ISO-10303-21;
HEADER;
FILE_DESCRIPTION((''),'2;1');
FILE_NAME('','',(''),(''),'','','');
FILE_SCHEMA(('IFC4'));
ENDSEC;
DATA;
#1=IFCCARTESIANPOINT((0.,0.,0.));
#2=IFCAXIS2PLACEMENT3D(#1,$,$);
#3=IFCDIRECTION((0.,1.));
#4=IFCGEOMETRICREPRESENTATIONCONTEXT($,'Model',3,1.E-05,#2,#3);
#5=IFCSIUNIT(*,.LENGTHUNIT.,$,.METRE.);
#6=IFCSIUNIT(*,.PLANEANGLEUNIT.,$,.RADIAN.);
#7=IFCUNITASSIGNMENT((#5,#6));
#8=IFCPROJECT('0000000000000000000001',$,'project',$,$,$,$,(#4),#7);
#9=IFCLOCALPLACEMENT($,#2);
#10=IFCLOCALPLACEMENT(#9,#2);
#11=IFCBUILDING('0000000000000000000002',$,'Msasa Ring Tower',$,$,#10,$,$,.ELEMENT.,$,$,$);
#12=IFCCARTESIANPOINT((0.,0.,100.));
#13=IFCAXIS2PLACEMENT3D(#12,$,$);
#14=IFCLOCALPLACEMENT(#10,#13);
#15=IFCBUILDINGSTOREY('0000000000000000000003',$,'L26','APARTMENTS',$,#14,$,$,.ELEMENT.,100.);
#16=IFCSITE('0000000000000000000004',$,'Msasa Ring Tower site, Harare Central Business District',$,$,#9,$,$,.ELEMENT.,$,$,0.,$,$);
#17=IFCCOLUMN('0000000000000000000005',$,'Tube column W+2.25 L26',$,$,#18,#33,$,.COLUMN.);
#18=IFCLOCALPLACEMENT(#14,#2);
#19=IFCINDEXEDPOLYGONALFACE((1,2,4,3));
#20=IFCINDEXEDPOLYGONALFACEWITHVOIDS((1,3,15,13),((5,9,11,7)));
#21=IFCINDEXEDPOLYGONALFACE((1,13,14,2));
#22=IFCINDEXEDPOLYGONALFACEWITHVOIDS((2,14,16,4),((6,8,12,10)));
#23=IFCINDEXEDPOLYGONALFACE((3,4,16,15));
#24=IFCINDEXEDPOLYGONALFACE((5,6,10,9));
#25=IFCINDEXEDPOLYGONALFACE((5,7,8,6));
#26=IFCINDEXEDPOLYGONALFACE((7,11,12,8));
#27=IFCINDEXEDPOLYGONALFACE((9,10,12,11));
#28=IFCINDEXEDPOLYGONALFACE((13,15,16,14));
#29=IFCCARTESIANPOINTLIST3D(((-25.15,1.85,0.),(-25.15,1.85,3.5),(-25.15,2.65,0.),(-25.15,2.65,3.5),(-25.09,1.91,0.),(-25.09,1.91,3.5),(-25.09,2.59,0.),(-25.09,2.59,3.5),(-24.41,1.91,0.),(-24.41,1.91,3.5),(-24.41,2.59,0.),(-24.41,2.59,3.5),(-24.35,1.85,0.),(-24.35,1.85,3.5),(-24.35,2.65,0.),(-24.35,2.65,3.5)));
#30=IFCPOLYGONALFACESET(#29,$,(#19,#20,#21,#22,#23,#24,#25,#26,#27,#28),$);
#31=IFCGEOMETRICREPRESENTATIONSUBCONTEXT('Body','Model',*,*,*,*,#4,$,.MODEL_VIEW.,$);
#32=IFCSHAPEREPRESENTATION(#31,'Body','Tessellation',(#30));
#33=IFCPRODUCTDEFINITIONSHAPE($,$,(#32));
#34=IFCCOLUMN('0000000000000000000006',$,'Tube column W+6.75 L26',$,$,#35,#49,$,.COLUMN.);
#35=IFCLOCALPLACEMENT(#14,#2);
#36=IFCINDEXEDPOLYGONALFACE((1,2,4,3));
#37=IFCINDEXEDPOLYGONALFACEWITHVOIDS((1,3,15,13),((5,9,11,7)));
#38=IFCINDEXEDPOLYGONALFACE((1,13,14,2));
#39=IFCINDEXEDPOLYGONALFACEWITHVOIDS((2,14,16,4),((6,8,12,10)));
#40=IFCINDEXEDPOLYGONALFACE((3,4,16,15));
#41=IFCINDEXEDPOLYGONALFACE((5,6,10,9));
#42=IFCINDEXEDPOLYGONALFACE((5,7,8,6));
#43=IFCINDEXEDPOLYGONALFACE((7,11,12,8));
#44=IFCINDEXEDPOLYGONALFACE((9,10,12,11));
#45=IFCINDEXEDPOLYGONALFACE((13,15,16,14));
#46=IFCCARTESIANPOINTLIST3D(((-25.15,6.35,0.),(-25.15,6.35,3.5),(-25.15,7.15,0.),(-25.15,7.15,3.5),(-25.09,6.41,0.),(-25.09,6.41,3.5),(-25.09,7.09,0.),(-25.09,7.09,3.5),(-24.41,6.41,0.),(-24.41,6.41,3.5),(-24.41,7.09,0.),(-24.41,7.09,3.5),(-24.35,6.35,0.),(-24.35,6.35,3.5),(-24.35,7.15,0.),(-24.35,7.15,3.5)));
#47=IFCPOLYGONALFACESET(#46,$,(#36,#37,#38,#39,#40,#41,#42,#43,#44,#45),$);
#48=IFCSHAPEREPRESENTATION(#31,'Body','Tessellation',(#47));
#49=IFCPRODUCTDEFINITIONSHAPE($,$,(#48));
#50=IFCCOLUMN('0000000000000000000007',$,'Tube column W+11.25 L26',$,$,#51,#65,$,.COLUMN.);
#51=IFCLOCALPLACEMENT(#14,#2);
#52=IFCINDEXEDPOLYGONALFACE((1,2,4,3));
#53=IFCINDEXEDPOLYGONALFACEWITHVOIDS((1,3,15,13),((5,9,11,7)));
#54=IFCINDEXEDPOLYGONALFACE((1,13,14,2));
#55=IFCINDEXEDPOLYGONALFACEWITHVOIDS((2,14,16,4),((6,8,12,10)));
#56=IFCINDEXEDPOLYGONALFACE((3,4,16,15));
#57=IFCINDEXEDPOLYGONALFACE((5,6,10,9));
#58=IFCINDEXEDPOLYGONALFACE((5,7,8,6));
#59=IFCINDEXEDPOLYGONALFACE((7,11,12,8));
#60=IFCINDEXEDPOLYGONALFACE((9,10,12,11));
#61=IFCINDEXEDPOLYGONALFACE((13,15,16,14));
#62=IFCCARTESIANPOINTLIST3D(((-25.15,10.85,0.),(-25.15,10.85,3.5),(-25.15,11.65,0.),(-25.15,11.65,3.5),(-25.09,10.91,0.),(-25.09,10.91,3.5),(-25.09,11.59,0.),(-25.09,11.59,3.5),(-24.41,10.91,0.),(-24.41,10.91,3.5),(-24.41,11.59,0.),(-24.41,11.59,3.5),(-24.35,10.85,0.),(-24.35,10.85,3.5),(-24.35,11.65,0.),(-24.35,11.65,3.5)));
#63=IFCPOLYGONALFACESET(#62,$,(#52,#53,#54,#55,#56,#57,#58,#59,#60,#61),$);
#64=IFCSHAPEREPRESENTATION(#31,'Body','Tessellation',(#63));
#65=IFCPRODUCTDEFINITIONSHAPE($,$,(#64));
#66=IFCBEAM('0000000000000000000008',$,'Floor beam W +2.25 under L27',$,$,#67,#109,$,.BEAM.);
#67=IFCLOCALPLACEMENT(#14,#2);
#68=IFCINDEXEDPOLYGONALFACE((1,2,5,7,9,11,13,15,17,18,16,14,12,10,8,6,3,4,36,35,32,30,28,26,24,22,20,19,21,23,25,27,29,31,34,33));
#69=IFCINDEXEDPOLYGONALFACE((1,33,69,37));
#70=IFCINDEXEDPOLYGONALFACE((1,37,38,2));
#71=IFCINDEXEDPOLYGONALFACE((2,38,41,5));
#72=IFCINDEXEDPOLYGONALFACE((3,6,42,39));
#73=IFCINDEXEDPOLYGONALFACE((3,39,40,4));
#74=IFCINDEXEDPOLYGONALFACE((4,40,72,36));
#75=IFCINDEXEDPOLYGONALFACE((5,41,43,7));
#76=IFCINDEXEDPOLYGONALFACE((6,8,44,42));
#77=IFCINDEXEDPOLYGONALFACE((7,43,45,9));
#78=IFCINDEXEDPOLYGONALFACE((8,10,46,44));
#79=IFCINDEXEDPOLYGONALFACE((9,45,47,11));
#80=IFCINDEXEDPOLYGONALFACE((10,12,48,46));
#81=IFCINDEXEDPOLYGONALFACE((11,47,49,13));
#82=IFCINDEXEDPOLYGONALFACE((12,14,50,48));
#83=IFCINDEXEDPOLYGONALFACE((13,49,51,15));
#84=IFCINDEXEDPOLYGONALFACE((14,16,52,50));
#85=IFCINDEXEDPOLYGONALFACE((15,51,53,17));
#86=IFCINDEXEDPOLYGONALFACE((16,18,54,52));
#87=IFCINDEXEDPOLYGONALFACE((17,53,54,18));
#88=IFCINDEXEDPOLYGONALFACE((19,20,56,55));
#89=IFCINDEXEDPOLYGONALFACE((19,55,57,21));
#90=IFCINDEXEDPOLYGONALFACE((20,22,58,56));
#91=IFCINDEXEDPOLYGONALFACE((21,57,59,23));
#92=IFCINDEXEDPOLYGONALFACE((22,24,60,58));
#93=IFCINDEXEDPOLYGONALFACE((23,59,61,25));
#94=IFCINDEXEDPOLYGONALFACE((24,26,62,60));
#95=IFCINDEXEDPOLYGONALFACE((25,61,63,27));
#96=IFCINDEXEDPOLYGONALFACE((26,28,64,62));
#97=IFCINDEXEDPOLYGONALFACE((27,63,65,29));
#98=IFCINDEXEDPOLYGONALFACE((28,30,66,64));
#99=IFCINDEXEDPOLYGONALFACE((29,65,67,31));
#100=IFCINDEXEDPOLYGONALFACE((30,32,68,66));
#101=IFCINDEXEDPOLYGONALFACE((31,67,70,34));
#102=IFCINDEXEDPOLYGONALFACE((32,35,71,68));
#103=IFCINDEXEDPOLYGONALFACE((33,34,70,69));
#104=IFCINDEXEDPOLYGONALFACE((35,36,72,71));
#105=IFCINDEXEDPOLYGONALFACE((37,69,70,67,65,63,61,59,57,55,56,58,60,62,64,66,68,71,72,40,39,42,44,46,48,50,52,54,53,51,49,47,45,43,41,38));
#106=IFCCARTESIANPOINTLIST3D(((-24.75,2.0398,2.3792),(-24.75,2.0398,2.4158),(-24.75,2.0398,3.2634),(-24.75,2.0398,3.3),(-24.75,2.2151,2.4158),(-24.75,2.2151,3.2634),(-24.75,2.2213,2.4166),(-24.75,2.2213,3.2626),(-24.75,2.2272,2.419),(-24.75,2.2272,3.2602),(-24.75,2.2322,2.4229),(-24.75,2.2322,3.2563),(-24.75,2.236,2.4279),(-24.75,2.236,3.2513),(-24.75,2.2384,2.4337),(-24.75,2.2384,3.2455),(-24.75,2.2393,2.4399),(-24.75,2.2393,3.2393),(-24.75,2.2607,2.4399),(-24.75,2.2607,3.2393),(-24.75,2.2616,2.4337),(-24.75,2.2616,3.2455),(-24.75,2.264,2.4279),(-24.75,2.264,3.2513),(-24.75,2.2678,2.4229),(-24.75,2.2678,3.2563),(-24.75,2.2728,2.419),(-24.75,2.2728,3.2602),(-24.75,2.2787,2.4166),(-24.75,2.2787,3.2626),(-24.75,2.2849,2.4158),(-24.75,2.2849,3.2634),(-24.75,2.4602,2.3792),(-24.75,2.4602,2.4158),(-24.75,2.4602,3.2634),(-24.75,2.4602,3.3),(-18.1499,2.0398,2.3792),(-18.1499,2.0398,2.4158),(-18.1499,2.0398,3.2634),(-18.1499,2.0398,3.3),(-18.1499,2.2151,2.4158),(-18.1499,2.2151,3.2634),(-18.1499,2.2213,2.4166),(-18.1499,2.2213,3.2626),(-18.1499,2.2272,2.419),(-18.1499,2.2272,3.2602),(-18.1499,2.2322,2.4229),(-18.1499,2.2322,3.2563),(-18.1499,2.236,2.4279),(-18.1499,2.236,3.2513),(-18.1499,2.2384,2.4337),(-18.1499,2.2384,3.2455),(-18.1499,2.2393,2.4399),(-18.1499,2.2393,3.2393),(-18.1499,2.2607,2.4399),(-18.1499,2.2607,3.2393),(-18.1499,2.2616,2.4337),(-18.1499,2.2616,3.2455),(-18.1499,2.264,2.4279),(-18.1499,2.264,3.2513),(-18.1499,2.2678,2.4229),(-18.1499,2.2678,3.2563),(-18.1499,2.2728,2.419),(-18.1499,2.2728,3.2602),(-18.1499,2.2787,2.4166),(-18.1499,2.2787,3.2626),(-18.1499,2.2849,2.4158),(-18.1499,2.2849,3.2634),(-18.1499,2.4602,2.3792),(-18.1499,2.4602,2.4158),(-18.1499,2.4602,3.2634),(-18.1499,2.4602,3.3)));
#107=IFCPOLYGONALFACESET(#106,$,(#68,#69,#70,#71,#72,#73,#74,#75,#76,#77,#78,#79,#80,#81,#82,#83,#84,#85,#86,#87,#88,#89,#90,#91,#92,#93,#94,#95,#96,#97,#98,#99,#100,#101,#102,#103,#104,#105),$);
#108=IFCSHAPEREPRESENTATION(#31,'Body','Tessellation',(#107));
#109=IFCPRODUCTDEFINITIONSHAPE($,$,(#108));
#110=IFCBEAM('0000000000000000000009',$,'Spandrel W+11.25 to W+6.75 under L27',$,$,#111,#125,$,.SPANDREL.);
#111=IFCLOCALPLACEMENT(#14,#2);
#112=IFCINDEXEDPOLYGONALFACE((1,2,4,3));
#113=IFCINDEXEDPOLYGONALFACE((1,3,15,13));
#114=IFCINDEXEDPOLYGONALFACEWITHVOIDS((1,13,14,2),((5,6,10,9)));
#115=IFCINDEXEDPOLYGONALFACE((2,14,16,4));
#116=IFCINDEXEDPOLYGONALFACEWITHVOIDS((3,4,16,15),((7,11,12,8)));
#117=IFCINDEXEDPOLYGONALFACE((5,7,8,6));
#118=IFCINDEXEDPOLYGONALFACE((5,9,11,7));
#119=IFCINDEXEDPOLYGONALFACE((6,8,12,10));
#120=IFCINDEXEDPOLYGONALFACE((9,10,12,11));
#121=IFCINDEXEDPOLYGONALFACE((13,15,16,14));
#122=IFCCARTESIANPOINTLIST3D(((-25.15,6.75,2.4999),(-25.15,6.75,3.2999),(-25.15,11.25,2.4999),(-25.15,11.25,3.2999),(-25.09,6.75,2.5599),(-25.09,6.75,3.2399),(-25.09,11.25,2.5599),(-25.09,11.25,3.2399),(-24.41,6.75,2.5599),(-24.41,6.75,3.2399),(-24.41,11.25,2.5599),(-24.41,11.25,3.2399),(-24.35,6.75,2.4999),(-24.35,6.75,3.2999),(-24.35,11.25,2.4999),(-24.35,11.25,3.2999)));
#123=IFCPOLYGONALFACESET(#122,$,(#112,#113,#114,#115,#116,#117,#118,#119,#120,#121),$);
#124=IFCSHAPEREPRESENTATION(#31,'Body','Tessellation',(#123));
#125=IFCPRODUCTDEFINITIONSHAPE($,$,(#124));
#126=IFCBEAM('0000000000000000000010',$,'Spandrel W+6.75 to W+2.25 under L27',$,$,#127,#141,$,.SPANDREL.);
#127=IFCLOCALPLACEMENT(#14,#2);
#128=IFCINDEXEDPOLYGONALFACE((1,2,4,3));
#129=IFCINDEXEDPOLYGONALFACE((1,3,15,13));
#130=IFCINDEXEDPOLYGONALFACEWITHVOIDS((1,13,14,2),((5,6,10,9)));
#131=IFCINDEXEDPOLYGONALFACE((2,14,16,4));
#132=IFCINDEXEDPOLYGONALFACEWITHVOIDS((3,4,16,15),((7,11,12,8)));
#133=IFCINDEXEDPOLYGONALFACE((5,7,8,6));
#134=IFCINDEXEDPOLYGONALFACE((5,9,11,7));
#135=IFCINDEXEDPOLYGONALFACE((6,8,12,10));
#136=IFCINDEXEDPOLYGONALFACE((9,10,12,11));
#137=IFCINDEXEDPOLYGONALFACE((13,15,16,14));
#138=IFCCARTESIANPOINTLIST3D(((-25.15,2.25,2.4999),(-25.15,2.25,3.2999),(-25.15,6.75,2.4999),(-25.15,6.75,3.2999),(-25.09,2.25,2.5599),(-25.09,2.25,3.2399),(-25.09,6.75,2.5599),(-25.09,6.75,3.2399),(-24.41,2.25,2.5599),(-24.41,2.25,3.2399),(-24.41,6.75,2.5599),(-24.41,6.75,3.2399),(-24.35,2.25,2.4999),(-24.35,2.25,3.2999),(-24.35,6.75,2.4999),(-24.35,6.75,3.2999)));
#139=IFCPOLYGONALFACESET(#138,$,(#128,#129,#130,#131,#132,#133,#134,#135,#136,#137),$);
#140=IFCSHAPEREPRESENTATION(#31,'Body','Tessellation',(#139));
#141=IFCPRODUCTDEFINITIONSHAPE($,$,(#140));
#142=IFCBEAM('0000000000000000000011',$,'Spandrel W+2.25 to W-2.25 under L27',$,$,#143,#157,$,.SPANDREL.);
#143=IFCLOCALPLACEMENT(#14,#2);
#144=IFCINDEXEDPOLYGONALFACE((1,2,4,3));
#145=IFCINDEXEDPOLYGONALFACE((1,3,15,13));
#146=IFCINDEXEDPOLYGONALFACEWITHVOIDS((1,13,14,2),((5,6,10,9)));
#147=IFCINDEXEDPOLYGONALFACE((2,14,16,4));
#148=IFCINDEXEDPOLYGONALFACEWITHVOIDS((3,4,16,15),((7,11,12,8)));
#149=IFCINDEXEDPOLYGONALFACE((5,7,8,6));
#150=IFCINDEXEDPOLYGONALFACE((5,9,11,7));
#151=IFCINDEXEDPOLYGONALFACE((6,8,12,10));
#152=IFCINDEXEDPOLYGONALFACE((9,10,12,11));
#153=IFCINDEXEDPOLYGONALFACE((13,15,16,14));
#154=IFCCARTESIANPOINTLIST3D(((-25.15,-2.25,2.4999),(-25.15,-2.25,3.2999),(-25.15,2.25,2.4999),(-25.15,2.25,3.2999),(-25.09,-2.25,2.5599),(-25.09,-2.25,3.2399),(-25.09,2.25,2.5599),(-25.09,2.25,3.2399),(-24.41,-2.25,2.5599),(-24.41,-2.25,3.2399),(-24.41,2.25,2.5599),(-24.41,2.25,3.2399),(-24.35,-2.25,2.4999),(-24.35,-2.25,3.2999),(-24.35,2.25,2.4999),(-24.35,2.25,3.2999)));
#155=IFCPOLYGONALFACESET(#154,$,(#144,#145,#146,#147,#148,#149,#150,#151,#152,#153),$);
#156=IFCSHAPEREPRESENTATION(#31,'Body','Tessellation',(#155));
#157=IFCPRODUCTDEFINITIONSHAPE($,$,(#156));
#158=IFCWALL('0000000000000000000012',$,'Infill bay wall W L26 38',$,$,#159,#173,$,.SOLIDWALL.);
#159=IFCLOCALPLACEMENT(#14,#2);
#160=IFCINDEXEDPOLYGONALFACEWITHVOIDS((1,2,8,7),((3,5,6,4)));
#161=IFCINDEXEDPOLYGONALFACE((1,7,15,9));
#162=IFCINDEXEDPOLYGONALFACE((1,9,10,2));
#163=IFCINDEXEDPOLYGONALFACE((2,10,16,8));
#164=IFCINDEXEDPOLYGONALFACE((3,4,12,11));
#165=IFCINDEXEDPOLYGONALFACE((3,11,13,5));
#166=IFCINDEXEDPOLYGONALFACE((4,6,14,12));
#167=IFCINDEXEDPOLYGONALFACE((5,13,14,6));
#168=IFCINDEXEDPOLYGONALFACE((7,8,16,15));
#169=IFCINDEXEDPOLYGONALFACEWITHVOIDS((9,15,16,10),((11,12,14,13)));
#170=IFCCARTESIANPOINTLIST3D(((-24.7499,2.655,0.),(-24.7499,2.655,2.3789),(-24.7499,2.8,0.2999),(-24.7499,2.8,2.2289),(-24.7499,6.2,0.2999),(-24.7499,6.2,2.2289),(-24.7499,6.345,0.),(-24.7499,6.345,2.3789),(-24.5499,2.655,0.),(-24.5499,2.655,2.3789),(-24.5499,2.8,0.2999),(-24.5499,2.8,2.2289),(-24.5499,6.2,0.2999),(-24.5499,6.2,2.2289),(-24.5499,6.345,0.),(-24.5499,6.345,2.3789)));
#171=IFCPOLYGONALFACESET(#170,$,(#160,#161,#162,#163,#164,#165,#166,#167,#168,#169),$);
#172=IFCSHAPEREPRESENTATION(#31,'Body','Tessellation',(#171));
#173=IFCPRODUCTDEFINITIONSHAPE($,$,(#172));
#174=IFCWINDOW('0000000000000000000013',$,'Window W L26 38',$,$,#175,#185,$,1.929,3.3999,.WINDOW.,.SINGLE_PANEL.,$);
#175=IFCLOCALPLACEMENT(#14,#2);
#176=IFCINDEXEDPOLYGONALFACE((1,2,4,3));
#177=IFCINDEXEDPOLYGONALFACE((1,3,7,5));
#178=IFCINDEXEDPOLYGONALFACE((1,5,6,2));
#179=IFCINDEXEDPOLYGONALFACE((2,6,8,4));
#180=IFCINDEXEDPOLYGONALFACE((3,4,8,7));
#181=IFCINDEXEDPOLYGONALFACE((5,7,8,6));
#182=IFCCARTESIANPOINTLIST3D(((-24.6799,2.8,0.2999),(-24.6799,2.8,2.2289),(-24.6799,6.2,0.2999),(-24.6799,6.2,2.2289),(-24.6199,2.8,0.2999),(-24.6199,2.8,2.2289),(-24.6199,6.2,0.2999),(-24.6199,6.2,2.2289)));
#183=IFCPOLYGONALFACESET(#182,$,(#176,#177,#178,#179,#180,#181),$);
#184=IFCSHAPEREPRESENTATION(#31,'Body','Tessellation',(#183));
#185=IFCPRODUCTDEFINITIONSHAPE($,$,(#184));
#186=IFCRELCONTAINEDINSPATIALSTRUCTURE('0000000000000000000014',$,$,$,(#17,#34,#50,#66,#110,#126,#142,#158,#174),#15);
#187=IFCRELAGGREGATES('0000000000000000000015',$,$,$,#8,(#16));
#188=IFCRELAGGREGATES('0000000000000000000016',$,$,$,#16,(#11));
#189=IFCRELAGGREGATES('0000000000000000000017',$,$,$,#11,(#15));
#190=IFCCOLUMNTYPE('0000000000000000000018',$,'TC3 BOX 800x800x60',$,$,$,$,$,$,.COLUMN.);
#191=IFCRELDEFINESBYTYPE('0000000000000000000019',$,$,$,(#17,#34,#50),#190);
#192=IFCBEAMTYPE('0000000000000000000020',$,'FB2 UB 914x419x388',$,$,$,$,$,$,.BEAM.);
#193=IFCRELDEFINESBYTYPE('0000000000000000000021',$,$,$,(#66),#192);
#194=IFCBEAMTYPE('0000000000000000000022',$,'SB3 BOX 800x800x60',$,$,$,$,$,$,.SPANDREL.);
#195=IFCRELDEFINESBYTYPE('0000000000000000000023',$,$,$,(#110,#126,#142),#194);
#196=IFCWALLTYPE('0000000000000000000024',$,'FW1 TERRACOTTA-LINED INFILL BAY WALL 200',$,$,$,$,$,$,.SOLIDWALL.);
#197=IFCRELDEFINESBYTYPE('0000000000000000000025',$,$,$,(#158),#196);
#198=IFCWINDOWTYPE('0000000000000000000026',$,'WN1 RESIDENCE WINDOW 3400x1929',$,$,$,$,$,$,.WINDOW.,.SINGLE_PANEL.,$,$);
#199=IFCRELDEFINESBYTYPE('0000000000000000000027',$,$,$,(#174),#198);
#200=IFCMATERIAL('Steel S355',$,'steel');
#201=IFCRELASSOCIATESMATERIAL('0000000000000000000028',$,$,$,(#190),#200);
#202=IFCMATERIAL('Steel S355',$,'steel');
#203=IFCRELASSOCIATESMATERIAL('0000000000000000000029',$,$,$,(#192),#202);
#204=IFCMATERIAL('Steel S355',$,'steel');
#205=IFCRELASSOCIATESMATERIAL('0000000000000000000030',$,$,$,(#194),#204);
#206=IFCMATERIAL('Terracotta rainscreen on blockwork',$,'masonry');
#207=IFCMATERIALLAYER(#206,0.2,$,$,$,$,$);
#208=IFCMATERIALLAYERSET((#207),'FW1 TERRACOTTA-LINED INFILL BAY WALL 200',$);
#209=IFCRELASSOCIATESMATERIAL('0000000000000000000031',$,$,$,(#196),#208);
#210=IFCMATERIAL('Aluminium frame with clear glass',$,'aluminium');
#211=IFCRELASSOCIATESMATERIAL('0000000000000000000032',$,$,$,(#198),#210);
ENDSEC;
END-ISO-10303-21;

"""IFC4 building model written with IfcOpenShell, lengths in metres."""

from ifc_helpers import new_model, si_unit, direction, frame, frame_2d, origin, origin_2d, place, context, subcontext, project, spatial, rectangle, hollow_rectangle, i_section, extrude, material, layer, layer_set, material_profile, profile_set, type_object, element, fill, save


model = new_model("IFC4")

# Units and contexts
model_context = context("Model", 3, precision=1e-05, world=origin(), true_north=direction((0.0, 1.0)))
body_context = subcontext(model_context, "Body", "Model", "MODEL_VIEW")
ifc_project = project(units=[si_unit("LENGTHUNIT", "METRE"), si_unit("PLANEANGLEUNIT", "RADIAN")], contexts=[model_context])

# Site, building, storey
site_placement = place(None, origin())
site = spatial("IfcSite", under=ifc_project, at=site_placement, Name="Msasa Ring Tower site, Harare Central Business District", CompositionType="ELEMENT", RefElevation=0.0)
building_placement = place(site_placement, origin())
building = spatial("IfcBuilding", under=site, at=building_placement, Name="Msasa Ring Tower", CompositionType="ELEMENT")
storey_placement = place(building_placement, frame((0.0, 0.0, 100.0)))
storey = spatial("IfcBuildingStorey", under=building, at=storey_placement, Name="L26", Description="APARTMENTS", CompositionType="ELEMENT", Elevation=100.0)

# Columns
ifc_material_1 = material(Name="Steel S355", Category="steel")
ifc_material_profile_1 = material_profile(ifc_material_1, hollow_rectangle(XDim=0.8, YDim=0.8, WallThickness=0.0601, at=origin_2d()), Name="BOX 800x800x60")
ifc_profile_set_1 = profile_set([ifc_material_profile_1], Name="Steel S355")
column_type = type_object("IfcColumnType", Name="TC3 BOX 800x800x60", PredefinedType="COLUMN", material=ifc_profile_set_1)
for number, where, z_axis, x_axis, name in (
    (1, (-24.75, 2.25, 0.0), (0.0, 0.0, 1.0), (1.0, 0.0, 0.0), "Tube column W+2.25 L26"),
    (2, (-24.75, 6.75, 0.0), (0.0, 0.0, 1.0), (1.0, 0.0, 0.0), "Tube column W+6.75 L26"),
    (3, (-24.75, 11.25, 0.0), (0.0, 0.0, 1.0), (1.0, 0.0, 0.0), "Tube column W+11.25 L26"),
):
    element("IfcColumn", number, at=place(storey_placement, frame(where, z_axis=z_axis, x_axis=x_axis)), inside=storey, type_object=column_type, Name=name, PredefinedType="COLUMN", context=body_context, shape_type="SweptSolid", body=[
        extrude(hollow_rectangle(XDim=0.8, YDim=0.8, WallThickness=0.0601, at=origin_2d()), origin(), (0.0, 0.0, 1.0), 3.5),
    ])

# Beams
ifc_material_2 = material(Name="Steel S355", Category="steel")
ifc_material_profile_2 = material_profile(ifc_material_2, i_section(OverallWidth=0.4204, OverallDepth=0.9209, WebThickness=0.0215, FlangeThickness=0.0366, FilletRadius=0.0242, at=origin_2d()), Name="UB 914x419x388")
ifc_profile_set_2 = profile_set([ifc_material_profile_2], Name="Steel S355")
beam_type_1 = type_object("IfcBeamType", Name="FB2 UB 914x419x388", PredefinedType="BEAM", material=ifc_profile_set_2)
beam_placement = place(storey_placement, frame((-24.75, 2.25, 2.8396), z_axis=(1.0, 0.0, 0.0), x_axis=(0.0, 1.0, 0.0)))
element("IfcBeam", 4, at=beam_placement, inside=storey, type_object=beam_type_1, Name="Floor beam W +2.25 under L27", PredefinedType="BEAM", context=body_context, shape_type="SweptSolid", body=[
    extrude(i_section(OverallWidth=0.4204, OverallDepth=0.9209, WebThickness=0.0215, FlangeThickness=0.0366, FilletRadius=0.0242, at=origin_2d()), origin(), (0.0, 0.0, 1.0), 6.6001),
])
ifc_material_3 = material(Name="Steel S355", Category="steel")
ifc_material_profile_3 = material_profile(ifc_material_3, hollow_rectangle(XDim=0.8, YDim=0.8, WallThickness=0.0601, at=origin_2d()), Name="BOX 800x800x60")
ifc_profile_set_3 = profile_set([ifc_material_profile_3], Name="Steel S355")
beam_type_2 = type_object("IfcBeamType", Name="SB3 BOX 800x800x60", PredefinedType="SPANDREL", material=ifc_profile_set_3)
for number, where, z_axis, x_axis, name in (
    (5, (-24.75, 11.25, 2.8999), (0.0, -1.0, 0.0), (1.0, 0.0, 0.0), "Spandrel W+11.25 to W+6.75 under L27"),
    (6, (-24.75, 6.75, 2.8999), (0.0, -1.0, 0.0), (1.0, 0.0, 0.0), "Spandrel W+6.75 to W+2.25 under L27"),
    (7, (-24.75, 2.25, 2.8999), (0.0, -1.0, 0.0), (1.0, 0.0, 0.0), "Spandrel W+2.25 to W-2.25 under L27"),
):
    element("IfcBeam", number, at=place(storey_placement, frame(where, z_axis=z_axis, x_axis=x_axis)), inside=storey, type_object=beam_type_2, Name=name, PredefinedType="SPANDREL", context=body_context, shape_type="SweptSolid", body=[
        extrude(hollow_rectangle(XDim=0.8, YDim=0.8, WallThickness=0.0601, at=origin_2d()), origin(), (0.0, 0.0, 1.0), 4.5),
    ])

# Wall, opening, window
ifc_material_4 = material(Name="Terracotta rainscreen on blockwork", Category="masonry")
ifc_layer_1 = layer(ifc_material_4, 0.2)
ifc_layer_set_1 = layer_set([ifc_layer_1], Name="FW1 TERRACOTTA-LINED INFILL BAY WALL 200")
wall_type_1 = type_object("IfcWallType", Name="FW1 TERRACOTTA-LINED INFILL BAY WALL 200", PredefinedType="SOLIDWALL", material=ifc_layer_set_1)
wall_1_placement = place(storey_placement, frame((-24.6499, 2.655, 0.0), z_axis=(0.0, 0.0, 1.0), x_axis=(0.0, 1.0, 0.0)))
wall_1 = element("IfcWall", 8, at=wall_1_placement, inside=storey, type_object=wall_type_1, Name="Infill bay wall W L26 38", PredefinedType="SOLIDWALL", context=body_context, shape_type="SweptSolid", body=[
    extrude(rectangle(XDim=3.6899, YDim=0.2, at=frame_2d((1.845, 0.0))), origin(), (0.0, 0.0, 1.0), 2.3789),
])
opening_1_placement = place(wall_1_placement, frame((0.145, 0.0, 0.3)))
opening_1 = element("IfcOpeningElement", 9, at=opening_1_placement, cuts=wall_1, PredefinedType="OPENING", context=body_context, shape_type="SweptSolid", body=[
    extrude(rectangle(XDim=3.3999, YDim=1.929, at=frame_2d((1.7, 0.9644))), frame((0.0, 0.1099, 0.0), z_axis=(0.0, -1.0, 0.0), x_axis=(1.0, 0.0, 0.0)), (0.0, 0.0, 1.0), 0.22),
])
ifc_material_5 = material(Name="Aluminium frame with clear glass", Category="aluminium")
window_type = type_object("IfcWindowType", Name="WN1 RESIDENCE WINDOW 3400x1929", PartitioningType="SINGLE_PANEL", PredefinedType="WINDOW", material=ifc_material_5)
window_1_placement = place(opening_1_placement, origin())
window_1 = element("IfcWindow", 10, at=window_1_placement, inside=storey, type_object=window_type, Name="Window W L26 38", OverallHeight=1.929, OverallWidth=3.3999, PartitioningType="SINGLE_PANEL", PredefinedType="WINDOW", context=body_context, shape_type="SweptSolid", body=[
    extrude(rectangle(XDim=3.3999, YDim=1.929, at=frame_2d((1.7, 0.9644))), frame((0.0, 0.03, 0.0), z_axis=(0.0, -1.0, 0.0), x_axis=(1.0, 0.0, 0.0)), (0.0, 0.0, 1.0), 0.0601),
])
fill(opening_1, window_1)

save(model, "model.ifc")
